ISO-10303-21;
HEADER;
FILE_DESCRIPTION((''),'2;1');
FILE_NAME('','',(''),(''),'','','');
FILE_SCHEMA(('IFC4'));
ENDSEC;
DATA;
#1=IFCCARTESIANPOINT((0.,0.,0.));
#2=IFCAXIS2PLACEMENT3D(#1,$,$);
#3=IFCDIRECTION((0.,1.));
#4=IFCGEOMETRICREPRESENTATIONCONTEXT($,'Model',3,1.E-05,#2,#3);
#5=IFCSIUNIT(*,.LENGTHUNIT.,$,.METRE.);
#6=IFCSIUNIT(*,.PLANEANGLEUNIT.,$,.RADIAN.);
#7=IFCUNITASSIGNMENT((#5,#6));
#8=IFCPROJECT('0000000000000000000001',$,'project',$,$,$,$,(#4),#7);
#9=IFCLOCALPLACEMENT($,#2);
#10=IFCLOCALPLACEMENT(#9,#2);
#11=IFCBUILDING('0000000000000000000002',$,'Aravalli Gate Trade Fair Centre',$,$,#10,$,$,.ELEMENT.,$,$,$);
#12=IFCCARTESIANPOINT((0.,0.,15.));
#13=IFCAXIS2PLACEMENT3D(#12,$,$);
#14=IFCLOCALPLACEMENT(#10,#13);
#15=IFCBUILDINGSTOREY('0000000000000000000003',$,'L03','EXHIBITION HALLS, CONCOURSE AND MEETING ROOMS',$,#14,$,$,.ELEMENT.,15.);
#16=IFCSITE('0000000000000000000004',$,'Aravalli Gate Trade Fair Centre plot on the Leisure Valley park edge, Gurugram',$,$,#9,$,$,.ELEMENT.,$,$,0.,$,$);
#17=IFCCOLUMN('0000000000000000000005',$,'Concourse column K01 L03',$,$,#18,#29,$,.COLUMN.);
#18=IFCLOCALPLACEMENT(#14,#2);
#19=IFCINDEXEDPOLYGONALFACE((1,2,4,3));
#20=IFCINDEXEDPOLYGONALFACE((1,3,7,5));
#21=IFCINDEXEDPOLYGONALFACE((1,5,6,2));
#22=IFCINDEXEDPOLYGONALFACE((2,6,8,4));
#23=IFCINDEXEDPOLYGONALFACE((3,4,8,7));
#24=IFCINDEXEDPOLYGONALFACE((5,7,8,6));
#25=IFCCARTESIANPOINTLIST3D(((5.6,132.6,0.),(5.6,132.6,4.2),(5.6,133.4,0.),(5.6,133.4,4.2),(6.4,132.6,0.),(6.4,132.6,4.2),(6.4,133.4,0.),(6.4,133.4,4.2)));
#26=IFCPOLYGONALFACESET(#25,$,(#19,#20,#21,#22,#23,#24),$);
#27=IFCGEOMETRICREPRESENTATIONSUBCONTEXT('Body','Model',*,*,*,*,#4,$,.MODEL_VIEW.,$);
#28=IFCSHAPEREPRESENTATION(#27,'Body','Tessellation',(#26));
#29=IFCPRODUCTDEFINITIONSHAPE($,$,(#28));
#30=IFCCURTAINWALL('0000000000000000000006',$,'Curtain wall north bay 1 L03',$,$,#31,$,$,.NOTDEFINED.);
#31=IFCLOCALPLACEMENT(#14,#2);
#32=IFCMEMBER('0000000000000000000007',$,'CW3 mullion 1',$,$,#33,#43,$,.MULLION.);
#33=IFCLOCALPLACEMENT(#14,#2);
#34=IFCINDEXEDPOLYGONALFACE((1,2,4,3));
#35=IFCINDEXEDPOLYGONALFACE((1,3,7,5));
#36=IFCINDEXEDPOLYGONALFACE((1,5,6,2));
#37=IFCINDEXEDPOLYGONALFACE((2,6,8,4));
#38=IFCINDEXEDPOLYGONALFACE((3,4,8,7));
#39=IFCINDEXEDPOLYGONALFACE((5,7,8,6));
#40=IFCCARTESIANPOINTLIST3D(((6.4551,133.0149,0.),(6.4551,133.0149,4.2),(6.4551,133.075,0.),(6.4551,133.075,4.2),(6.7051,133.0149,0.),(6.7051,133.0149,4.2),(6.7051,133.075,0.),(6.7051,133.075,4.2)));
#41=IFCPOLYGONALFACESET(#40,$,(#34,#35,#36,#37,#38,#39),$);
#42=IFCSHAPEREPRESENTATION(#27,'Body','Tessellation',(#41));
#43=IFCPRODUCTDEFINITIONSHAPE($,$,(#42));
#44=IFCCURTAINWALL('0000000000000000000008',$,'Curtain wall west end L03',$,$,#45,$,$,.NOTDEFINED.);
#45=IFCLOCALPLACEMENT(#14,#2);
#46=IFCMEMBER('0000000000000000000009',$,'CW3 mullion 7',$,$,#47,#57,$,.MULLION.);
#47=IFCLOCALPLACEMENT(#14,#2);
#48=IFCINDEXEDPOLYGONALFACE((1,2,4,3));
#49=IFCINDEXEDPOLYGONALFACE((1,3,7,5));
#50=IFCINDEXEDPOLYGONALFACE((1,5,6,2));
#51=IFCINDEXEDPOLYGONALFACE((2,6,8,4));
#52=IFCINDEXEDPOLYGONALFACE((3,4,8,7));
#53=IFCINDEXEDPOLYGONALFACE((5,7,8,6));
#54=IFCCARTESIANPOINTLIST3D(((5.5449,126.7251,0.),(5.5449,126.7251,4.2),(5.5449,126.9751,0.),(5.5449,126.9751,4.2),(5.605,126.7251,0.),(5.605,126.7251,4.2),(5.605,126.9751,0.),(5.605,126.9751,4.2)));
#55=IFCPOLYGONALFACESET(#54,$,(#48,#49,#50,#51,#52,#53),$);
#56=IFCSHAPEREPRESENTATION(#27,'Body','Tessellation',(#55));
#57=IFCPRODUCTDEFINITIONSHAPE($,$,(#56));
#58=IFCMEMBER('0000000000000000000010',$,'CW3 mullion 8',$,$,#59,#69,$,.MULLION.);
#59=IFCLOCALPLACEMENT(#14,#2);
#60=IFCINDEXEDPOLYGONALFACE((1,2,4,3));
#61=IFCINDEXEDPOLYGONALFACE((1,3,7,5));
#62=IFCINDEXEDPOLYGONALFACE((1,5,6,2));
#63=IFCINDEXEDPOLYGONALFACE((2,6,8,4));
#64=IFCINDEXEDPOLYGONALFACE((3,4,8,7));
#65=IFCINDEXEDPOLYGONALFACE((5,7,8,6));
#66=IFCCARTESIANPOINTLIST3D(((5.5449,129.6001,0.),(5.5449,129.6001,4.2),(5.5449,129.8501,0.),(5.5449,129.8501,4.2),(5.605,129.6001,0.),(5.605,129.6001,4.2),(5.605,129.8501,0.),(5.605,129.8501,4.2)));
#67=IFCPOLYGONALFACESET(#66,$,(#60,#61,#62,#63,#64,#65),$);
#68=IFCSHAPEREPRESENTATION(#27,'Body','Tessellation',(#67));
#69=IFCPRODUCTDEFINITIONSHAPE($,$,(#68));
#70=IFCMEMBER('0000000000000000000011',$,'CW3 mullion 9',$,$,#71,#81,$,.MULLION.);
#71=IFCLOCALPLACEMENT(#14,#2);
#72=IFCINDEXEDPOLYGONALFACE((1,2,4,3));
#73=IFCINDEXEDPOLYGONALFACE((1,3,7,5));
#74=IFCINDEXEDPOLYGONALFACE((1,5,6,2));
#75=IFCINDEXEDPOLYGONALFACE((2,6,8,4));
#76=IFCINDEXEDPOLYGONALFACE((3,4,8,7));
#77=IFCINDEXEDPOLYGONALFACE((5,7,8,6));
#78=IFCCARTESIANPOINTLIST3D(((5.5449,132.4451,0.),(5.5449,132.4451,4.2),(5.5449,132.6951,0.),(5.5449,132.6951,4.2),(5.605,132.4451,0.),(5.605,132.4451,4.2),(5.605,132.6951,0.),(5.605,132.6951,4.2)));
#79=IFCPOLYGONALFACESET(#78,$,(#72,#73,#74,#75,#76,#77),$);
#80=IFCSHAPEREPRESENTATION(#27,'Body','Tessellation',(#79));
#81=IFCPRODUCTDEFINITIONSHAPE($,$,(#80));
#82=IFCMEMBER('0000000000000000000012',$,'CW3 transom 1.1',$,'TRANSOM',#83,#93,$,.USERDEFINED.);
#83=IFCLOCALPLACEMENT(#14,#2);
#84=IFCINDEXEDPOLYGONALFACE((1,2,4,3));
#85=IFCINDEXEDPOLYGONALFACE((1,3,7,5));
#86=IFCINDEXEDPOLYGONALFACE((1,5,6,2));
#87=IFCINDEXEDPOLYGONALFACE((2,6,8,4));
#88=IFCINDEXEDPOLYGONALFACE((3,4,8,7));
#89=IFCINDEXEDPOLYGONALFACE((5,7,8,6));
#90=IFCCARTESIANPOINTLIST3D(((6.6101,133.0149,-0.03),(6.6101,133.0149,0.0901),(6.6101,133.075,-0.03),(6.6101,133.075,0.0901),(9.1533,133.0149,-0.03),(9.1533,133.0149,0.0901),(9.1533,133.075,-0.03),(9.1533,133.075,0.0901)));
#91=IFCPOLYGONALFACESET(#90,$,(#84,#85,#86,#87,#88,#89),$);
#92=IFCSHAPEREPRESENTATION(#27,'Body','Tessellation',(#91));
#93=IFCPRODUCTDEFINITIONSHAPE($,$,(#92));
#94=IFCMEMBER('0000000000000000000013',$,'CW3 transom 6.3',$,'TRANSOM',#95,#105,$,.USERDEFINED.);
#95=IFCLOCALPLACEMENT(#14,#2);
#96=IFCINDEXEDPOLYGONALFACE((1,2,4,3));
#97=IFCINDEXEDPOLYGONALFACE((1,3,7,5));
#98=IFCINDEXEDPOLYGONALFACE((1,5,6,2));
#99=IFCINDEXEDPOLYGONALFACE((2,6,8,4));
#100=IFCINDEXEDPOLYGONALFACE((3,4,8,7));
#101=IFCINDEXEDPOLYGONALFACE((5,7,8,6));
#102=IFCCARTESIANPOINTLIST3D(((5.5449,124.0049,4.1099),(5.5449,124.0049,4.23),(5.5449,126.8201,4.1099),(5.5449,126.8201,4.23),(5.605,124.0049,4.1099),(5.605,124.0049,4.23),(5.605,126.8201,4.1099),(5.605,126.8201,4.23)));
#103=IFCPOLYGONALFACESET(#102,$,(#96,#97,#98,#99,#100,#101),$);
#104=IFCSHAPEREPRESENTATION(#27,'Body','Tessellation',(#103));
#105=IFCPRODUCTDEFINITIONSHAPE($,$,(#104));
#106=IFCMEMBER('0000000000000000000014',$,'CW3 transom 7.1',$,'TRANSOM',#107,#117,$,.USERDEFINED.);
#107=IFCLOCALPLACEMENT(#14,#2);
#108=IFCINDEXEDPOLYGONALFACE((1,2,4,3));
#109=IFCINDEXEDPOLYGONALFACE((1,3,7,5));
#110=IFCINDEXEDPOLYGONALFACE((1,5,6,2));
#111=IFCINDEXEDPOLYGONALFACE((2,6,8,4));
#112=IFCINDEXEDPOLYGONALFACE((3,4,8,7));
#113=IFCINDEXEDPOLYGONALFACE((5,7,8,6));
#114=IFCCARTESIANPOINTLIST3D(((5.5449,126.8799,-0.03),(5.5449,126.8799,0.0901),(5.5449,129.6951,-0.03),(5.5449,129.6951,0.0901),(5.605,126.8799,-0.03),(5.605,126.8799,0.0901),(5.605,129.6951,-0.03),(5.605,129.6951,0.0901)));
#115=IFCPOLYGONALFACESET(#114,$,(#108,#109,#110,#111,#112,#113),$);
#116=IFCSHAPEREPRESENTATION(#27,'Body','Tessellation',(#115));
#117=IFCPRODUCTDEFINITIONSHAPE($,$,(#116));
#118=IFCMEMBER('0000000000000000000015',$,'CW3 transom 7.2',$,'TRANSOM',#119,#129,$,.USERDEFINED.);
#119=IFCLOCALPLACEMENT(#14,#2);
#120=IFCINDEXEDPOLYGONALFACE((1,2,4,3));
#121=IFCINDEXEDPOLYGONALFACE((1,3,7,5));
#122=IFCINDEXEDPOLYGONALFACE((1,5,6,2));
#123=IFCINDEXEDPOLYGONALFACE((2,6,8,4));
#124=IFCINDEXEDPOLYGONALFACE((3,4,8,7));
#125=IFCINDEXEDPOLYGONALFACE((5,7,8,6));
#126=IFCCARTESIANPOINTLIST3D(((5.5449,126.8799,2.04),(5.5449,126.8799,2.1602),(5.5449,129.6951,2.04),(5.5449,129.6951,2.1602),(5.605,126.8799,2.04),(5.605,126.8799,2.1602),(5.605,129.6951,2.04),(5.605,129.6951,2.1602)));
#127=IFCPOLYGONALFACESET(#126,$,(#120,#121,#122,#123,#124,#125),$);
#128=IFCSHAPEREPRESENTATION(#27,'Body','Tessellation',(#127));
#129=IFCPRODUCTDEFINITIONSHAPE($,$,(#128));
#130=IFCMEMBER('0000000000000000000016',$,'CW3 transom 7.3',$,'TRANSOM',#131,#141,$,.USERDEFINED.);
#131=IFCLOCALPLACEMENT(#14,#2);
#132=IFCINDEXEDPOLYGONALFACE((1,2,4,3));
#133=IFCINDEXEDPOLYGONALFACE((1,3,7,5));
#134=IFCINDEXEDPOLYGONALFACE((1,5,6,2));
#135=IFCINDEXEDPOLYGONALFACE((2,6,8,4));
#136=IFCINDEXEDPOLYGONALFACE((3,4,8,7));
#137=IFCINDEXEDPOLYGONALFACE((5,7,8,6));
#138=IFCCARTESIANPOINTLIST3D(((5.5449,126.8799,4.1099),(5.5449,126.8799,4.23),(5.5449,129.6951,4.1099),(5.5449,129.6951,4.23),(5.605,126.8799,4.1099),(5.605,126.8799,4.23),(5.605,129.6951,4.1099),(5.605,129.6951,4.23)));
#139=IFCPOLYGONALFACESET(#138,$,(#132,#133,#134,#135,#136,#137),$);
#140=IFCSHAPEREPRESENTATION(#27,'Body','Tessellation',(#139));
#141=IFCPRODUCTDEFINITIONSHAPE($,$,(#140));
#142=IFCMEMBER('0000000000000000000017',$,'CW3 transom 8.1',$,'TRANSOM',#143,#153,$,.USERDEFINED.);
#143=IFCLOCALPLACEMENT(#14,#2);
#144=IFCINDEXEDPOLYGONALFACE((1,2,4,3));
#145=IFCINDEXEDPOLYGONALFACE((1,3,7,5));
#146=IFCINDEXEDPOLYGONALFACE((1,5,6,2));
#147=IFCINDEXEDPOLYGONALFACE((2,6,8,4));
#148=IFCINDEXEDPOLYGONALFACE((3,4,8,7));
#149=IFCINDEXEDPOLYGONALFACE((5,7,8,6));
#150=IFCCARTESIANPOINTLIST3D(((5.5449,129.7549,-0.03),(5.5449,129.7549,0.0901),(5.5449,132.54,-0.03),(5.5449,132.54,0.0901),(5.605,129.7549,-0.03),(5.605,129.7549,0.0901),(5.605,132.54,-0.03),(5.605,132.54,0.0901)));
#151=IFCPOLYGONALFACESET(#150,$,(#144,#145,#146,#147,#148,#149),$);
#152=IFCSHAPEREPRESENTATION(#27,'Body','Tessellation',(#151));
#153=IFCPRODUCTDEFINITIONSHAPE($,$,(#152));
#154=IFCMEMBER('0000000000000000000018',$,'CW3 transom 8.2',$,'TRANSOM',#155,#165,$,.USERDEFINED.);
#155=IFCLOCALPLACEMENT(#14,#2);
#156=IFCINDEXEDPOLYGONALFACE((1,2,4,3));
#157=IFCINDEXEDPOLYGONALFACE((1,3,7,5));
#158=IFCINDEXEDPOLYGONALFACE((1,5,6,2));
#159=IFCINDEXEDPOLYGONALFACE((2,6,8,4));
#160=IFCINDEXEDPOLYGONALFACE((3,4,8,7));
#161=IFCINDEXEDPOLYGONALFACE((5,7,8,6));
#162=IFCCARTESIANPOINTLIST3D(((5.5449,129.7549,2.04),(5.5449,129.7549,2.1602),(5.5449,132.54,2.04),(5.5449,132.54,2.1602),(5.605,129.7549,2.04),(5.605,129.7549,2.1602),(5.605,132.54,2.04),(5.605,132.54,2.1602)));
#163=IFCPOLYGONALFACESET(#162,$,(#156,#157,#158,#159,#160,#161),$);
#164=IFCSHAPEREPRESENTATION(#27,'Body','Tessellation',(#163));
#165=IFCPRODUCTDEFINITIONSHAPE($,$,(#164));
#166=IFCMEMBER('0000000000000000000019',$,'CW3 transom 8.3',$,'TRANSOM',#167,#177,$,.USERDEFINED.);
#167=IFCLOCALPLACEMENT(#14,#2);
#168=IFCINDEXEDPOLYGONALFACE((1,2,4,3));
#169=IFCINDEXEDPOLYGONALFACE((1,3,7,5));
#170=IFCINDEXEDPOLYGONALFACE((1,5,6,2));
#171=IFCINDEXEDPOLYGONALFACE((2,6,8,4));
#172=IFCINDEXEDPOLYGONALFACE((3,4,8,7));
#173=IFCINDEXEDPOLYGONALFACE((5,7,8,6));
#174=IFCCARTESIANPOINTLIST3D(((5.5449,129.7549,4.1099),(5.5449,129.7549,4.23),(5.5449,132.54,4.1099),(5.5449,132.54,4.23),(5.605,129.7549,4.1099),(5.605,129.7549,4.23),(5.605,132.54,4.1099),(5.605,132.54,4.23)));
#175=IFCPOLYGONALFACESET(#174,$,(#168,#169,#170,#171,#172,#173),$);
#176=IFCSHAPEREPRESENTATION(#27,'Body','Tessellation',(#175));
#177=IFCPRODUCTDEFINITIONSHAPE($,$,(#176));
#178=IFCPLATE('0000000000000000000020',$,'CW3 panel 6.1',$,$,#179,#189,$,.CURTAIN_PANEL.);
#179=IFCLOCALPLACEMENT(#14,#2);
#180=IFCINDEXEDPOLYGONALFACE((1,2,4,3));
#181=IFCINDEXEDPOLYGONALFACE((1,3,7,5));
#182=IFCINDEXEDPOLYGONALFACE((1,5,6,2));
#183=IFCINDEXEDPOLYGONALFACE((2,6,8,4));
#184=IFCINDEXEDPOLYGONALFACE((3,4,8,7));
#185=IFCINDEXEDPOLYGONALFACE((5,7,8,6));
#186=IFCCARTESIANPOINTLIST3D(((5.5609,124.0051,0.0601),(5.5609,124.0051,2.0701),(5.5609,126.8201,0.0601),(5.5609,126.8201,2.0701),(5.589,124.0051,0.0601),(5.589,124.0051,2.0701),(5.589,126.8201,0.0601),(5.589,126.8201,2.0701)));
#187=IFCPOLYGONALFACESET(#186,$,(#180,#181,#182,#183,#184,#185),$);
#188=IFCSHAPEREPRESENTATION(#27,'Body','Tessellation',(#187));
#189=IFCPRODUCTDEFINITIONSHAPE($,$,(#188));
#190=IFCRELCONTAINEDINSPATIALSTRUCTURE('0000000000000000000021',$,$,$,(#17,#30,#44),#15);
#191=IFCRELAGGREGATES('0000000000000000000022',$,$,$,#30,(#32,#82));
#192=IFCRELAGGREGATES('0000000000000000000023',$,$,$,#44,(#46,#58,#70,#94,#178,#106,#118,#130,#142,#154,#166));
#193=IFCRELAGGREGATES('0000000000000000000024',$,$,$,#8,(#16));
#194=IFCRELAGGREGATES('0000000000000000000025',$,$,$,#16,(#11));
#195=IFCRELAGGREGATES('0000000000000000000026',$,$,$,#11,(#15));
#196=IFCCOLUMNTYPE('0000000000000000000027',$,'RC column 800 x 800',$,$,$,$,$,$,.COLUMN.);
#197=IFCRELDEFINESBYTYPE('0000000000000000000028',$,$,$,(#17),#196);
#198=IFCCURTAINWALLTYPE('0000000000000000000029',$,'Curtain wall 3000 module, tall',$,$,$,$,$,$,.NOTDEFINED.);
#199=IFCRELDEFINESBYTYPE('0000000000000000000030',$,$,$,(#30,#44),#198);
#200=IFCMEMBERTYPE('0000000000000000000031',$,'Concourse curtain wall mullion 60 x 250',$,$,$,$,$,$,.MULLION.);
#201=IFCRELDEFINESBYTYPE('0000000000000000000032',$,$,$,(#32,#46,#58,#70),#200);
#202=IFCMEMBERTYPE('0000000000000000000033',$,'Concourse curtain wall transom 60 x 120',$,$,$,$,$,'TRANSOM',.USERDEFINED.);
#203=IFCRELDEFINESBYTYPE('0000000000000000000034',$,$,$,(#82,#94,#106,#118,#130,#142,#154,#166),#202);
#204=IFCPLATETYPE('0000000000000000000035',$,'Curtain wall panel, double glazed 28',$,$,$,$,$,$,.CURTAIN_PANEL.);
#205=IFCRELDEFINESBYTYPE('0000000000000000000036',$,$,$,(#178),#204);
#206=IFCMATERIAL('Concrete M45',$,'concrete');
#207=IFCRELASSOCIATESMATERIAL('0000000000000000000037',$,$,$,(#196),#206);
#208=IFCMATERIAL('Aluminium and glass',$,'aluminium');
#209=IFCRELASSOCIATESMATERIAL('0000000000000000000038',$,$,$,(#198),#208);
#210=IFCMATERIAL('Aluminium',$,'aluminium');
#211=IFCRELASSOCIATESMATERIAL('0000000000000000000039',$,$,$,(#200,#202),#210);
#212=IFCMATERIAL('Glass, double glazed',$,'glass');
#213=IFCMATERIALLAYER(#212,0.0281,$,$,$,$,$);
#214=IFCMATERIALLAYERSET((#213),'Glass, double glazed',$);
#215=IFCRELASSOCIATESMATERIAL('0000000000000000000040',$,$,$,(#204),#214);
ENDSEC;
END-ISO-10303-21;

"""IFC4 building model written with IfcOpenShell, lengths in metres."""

from ifc_helpers import new_model, si_unit, direction, frame, origin, origin_2d, place, context, subcontext, project, spatial, rectangle, extrude, material, layer, layer_set, material_profile, profile_set, type_object, element, aggregate, save


model = new_model("IFC4")

# Units and contexts
model_context = context("Model", 3, precision=1e-05, world=origin(), true_north=direction((0.0, 1.0)))
body_context = subcontext(model_context, "Body", "Model", "MODEL_VIEW")
ifc_project = project(units=[si_unit("LENGTHUNIT", "METRE"), si_unit("PLANEANGLEUNIT", "RADIAN")], contexts=[model_context])

# Site, building, storey
site_placement = place(None, origin())
site = spatial("IfcSite", under=ifc_project, at=site_placement, Name="Aravalli Gate Trade Fair Centre plot on the Leisure Valley park edge, Gurugram", CompositionType="ELEMENT", RefElevation=0.0)
building_placement = place(site_placement, origin())
building = spatial("IfcBuilding", under=site, at=building_placement, Name="Aravalli Gate Trade Fair Centre", CompositionType="ELEMENT")
storey_placement = place(building_placement, frame((0.0, 0.0, 15.0)))
storey = spatial("IfcBuildingStorey", under=building, at=storey_placement, Name="L03", Description="EXHIBITION HALLS, CONCOURSE AND MEETING ROOMS", CompositionType="ELEMENT", Elevation=15.0)

# Column
ifc_material_1 = material(Name="Concrete M45", Category="concrete")
ifc_material_profile_1 = material_profile(ifc_material_1, rectangle(XDim=0.8, YDim=0.8, at=origin_2d()), Name="RC column 800 x 800")
ifc_profile_set_1 = profile_set([ifc_material_profile_1], Name="Concrete M45")
column_type = type_object("IfcColumnType", Name="RC column 800 x 800", PredefinedType="COLUMN", material=ifc_profile_set_1)
column_placement = place(storey_placement, frame((6.0, 133.0, 0.0), z_axis=(0.0, 0.0, 1.0), x_axis=(1.0, 0.0, 0.0)))
element("IfcColumn", 1, at=column_placement, inside=storey, type_object=column_type, Name="Concourse column K01 L03", PredefinedType="COLUMN", context=body_context, shape_type="SweptSolid", body=[
    extrude(rectangle(XDim=0.8, YDim=0.8, at=origin_2d()), origin(), (0.0, 0.0, 1.0), 4.2),
])

# Curtain wall, member
ifc_material_2 = material(Name="Aluminium and glass", Category="aluminium")
curtain_wall_type = type_object("IfcCurtainWallType", Name="Curtain wall 3000 module, tall", PredefinedType="NOTDEFINED", material=ifc_material_2)
curtain_wall_1_placement = place(storey_placement, origin())
curtain_wall_1 = element("IfcCurtainWall", 2, at=curtain_wall_1_placement, inside=storey, type_object=curtain_wall_type, Name="Curtain wall north bay 1 L03", PredefinedType="NOTDEFINED")
ifc_material_3 = material(Name="Aluminium", Category="aluminium")
ifc_material_profile_2 = material_profile(ifc_material_3, rectangle(XDim=0.0601, YDim=0.25, at=origin_2d()), Name="Concourse curtain wall mullion 60 x 250")
ifc_profile_set_2 = profile_set([ifc_material_profile_2], Name="Aluminium")
member_type_1 = type_object("IfcMemberType", Name="Concourse curtain wall mullion 60 x 250", PredefinedType="MULLION", material=ifc_profile_set_2)
member_1_placement = place(storey_placement, frame((6.5801, 133.0449, 0.0), z_axis=(0.0, 0.0, 1.0), x_axis=(0.0, 1.0, 0.0)))
member_1 = element("IfcMember", 3, at=member_1_placement, type_object=member_type_1, Name="CW3 mullion 1", PredefinedType="MULLION", context=body_context, shape_type="SweptSolid", body=[
    extrude(rectangle(XDim=0.0601, YDim=0.25, at=origin_2d()), origin(), (0.0, 0.0, 1.0), 4.2),
])

# Curtain wall, members
curtain_wall_2_placement = place(storey_placement, origin())
curtain_wall_2 = element("IfcCurtainWall", 4, at=curtain_wall_2_placement, inside=storey, type_object=curtain_wall_type, Name="Curtain wall west end L03", PredefinedType="NOTDEFINED")
member_2_placement = place(storey_placement, frame((5.575, 126.8501, 0.0), z_axis=(0.0, 0.0, 1.0), x_axis=(-1.0, 0.0, 0.0)))
member_2 = element("IfcMember", 5, at=member_2_placement, type_object=member_type_1, Name="CW3 mullion 7", PredefinedType="MULLION", context=body_context, shape_type="SweptSolid", body=[
    extrude(rectangle(XDim=0.0601, YDim=0.25, at=origin_2d()), origin(), (0.0, 0.0, 1.0), 4.2),
])
member_3_placement = place(storey_placement, frame((5.575, 129.7251, 0.0), z_axis=(0.0, 0.0, 1.0), x_axis=(-1.0, 0.0, 0.0)))
member_3 = element("IfcMember", 6, at=member_3_placement, type_object=member_type_1, Name="CW3 mullion 8", PredefinedType="MULLION", context=body_context, shape_type="SweptSolid", body=[
    extrude(rectangle(XDim=0.0601, YDim=0.25, at=origin_2d()), origin(), (0.0, 0.0, 1.0), 4.2),
])
member_4_placement = place(storey_placement, frame((5.575, 132.5701, 0.0), z_axis=(0.0, 0.0, 1.0), x_axis=(-1.0, 0.0, 0.0)))
member_4 = element("IfcMember", 7, at=member_4_placement, type_object=member_type_1, Name="CW3 mullion 9", PredefinedType="MULLION", context=body_context, shape_type="SweptSolid", body=[
    extrude(rectangle(XDim=0.0601, YDim=0.25, at=origin_2d()), origin(), (0.0, 0.0, 1.0), 4.2),
])

# Members
ifc_material_profile_3 = material_profile(ifc_material_3, rectangle(XDim=0.0601, YDim=0.1201, at=origin_2d()), Name="Concourse curtain wall transom 60 x 120")
ifc_profile_set_3 = profile_set([ifc_material_profile_3], Name="Aluminium")
member_type_2 = type_object("IfcMemberType", Name="Concourse curtain wall transom 60 x 120", ElementType="TRANSOM", PredefinedType="USERDEFINED", material=ifc_profile_set_3)
member_5_placement = place(storey_placement, frame((6.6101, 133.0449, 0.03), z_axis=(1.0, 0.0, 0.0), x_axis=(0.0, 1.0, 0.0)))
member_5 = element("IfcMember", 8, at=member_5_placement, type_object=member_type_2, Name="CW3 transom 1.1", ObjectType="TRANSOM", PredefinedType="USERDEFINED", context=body_context, shape_type="SweptSolid", body=[
    extrude(rectangle(XDim=0.0601, YDim=0.1201, at=origin_2d()), origin(), (0.0, 0.0, 1.0), 2.5432),
])
aggregate(curtain_wall_1, [member_1, member_5])
member_6_placement = place(storey_placement, frame((5.575, 124.0049, 4.1699), z_axis=(0.0, 1.0, 0.0), x_axis=(-1.0, 0.0, 0.0)))
member_6 = element("IfcMember", 9, at=member_6_placement, type_object=member_type_2, Name="CW3 transom 6.3", ObjectType="TRANSOM", PredefinedType="USERDEFINED", context=body_context, shape_type="SweptSolid", body=[
    extrude(rectangle(XDim=0.0601, YDim=0.1201, at=origin_2d()), origin(), (0.0, 0.0, 1.0), 2.8152),
])
member_7_placement = place(storey_placement, frame((5.575, 126.8799, 0.03), z_axis=(0.0, 1.0, 0.0), x_axis=(-1.0, 0.0, 0.0)))
member_7 = element("IfcMember", 10, at=member_7_placement, type_object=member_type_2, Name="CW3 transom 7.1", ObjectType="TRANSOM", PredefinedType="USERDEFINED", context=body_context, shape_type="SweptSolid", body=[
    extrude(rectangle(XDim=0.0601, YDim=0.1201, at=origin_2d()), origin(), (0.0, 0.0, 1.0), 2.8152),
])
member_8_placement = place(storey_placement, frame((5.575, 126.8799, 2.1001), z_axis=(0.0, 1.0, 0.0), x_axis=(-1.0, 0.0, 0.0)))
member_8 = element("IfcMember", 11, at=member_8_placement, type_object=member_type_2, Name="CW3 transom 7.2", ObjectType="TRANSOM", PredefinedType="USERDEFINED", context=body_context, shape_type="SweptSolid", body=[
    extrude(rectangle(XDim=0.0601, YDim=0.1201, at=origin_2d()), origin(), (0.0, 0.0, 1.0), 2.8152),
])
member_9_placement = place(storey_placement, frame((5.575, 126.8799, 4.1699), z_axis=(0.0, 1.0, 0.0), x_axis=(-1.0, 0.0, 0.0)))
member_9 = element("IfcMember", 12, at=member_9_placement, type_object=member_type_2, Name="CW3 transom 7.3", ObjectType="TRANSOM", PredefinedType="USERDEFINED", context=body_context, shape_type="SweptSolid", body=[
    extrude(rectangle(XDim=0.0601, YDim=0.1201, at=origin_2d()), origin(), (0.0, 0.0, 1.0), 2.8152),
])
member_10_placement = place(storey_placement, frame((5.575, 129.7549, 0.03), z_axis=(0.0, 1.0, 0.0), x_axis=(-1.0, 0.0, 0.0)))
member_10 = element("IfcMember", 13, at=member_10_placement, type_object=member_type_2, Name="CW3 transom 8.1", ObjectType="TRANSOM", PredefinedType="USERDEFINED", context=body_context, shape_type="SweptSolid", body=[
    extrude(rectangle(XDim=0.0601, YDim=0.1201, at=origin_2d()), origin(), (0.0, 0.0, 1.0), 2.7852),
])
member_11_placement = place(storey_placement, frame((5.575, 129.7549, 2.1001), z_axis=(0.0, 1.0, 0.0), x_axis=(-1.0, 0.0, 0.0)))
member_11 = element("IfcMember", 14, at=member_11_placement, type_object=member_type_2, Name="CW3 transom 8.2", ObjectType="TRANSOM", PredefinedType="USERDEFINED", context=body_context, shape_type="SweptSolid", body=[
    extrude(rectangle(XDim=0.0601, YDim=0.1201, at=origin_2d()), origin(), (0.0, 0.0, 1.0), 2.7852),
])
member_12_placement = place(storey_placement, frame((5.575, 129.7549, 4.1699), z_axis=(0.0, 1.0, 0.0), x_axis=(-1.0, 0.0, 0.0)))
member_12 = element("IfcMember", 15, at=member_12_placement, type_object=member_type_2, Name="CW3 transom 8.3", ObjectType="TRANSOM", PredefinedType="USERDEFINED", context=body_context, shape_type="SweptSolid", body=[
    extrude(rectangle(XDim=0.0601, YDim=0.1201, at=origin_2d()), origin(), (0.0, 0.0, 1.0), 2.7852),
])

# Plate
ifc_material_4 = material(Name="Glass, double glazed", Category="glass")
ifc_layer_1 = layer(ifc_material_4, 0.0281)
ifc_layer_set_1 = layer_set([ifc_layer_1], Name="Glass, double glazed")
plate_type = type_object("IfcPlateType", Name="Curtain wall panel, double glazed 28", PredefinedType="CURTAIN_PANEL", material=ifc_layer_set_1)
plate_1_placement = place(storey_placement, frame((5.575, 125.4126, 0.0601), z_axis=(0.0, 0.0, 1.0), x_axis=(0.0, 1.0, 0.0)))
plate_1 = element("IfcPlate", 16, at=plate_1_placement, type_object=plate_type, Name="CW3 panel 6.1", PredefinedType="CURTAIN_PANEL", context=body_context, shape_type="SweptSolid", body=[
    extrude(rectangle(XDim=2.8149, YDim=0.0281, at=origin_2d()), origin(), (0.0, 0.0, 1.0), 2.01),
])
aggregate(curtain_wall_2, [member_2, member_3, member_4, member_6, plate_1, member_7, member_8, member_9, member_10, member_11, member_12])

save(model, "model.ifc")
